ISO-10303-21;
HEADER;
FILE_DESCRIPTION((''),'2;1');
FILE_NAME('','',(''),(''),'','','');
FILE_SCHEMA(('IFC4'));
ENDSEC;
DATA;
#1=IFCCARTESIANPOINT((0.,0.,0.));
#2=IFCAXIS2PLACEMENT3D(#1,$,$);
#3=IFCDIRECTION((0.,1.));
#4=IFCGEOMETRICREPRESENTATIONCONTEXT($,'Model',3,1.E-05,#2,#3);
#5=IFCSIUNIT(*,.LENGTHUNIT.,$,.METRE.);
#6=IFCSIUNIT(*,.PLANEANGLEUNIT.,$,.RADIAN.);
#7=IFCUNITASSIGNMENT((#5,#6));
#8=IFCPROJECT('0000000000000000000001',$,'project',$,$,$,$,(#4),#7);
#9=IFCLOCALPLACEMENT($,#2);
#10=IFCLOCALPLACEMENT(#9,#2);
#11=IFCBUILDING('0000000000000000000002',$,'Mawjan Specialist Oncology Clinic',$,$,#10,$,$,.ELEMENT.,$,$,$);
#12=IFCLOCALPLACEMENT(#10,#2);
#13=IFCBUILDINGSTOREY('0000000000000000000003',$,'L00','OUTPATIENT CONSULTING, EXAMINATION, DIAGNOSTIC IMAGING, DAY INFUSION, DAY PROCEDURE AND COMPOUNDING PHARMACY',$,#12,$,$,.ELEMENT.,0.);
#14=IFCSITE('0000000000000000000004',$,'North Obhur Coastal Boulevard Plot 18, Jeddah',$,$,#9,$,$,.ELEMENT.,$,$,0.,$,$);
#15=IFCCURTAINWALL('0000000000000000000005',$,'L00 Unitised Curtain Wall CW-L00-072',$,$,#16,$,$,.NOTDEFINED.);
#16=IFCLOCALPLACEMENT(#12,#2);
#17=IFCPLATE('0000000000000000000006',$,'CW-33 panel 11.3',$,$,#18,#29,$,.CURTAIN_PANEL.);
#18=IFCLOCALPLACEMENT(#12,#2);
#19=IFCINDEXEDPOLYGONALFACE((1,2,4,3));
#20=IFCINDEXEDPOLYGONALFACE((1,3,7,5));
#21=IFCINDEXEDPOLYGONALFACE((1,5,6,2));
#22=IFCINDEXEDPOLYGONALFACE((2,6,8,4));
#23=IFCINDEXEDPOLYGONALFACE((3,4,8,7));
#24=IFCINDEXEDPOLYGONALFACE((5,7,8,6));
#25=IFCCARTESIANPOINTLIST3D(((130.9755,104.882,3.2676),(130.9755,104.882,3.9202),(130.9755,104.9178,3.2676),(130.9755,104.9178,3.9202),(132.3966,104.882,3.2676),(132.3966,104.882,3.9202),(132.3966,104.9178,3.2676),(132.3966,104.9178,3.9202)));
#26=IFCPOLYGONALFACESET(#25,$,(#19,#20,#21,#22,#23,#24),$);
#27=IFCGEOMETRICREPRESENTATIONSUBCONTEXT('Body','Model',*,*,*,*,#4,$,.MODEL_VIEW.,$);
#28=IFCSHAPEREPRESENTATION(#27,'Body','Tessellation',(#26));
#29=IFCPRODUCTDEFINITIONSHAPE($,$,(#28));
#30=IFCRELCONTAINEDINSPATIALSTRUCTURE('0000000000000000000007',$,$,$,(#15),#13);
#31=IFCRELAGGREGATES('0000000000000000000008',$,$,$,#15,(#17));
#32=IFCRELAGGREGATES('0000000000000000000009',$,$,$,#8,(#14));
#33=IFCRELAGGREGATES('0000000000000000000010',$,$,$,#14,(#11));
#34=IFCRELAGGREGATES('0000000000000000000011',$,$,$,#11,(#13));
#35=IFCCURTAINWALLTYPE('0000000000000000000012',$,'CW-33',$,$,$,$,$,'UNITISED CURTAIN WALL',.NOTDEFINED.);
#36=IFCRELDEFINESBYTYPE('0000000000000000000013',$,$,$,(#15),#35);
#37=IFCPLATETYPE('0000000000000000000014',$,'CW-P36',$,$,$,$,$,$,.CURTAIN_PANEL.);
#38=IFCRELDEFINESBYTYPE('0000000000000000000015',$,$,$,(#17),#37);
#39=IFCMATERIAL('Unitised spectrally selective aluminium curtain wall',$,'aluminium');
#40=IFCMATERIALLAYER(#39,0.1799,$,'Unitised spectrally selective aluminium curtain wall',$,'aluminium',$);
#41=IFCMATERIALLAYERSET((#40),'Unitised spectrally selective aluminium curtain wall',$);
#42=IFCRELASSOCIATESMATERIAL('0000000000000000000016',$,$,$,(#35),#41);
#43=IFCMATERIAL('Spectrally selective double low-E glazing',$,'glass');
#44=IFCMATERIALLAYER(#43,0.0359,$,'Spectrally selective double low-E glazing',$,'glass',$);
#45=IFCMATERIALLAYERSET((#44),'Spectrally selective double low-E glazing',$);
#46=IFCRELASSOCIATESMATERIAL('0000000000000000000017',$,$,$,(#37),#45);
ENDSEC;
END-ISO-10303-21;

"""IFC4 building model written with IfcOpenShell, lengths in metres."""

from ifc_helpers import new_model, si_unit, direction, frame, origin, origin_2d, place, context, subcontext, project, spatial, rectangle, extrude, material, layer, layer_set, type_object, element, aggregate, save


model = new_model("IFC4")

# Units and contexts
model_context = context("Model", 3, precision=1e-05, world=origin(), true_north=direction((0.0, 1.0)))
body_context = subcontext(model_context, "Body", "Model", "MODEL_VIEW")
ifc_project = project(units=[si_unit("LENGTHUNIT", "METRE"), si_unit("PLANEANGLEUNIT", "RADIAN")], contexts=[model_context])

# Site, building, storey
site_placement = place(None, origin())
site = spatial("IfcSite", under=ifc_project, at=site_placement, Name="North Obhur Coastal Boulevard Plot 18, Jeddah", CompositionType="ELEMENT", RefElevation=0.0)
building_placement = place(site_placement, origin())
building = spatial("IfcBuilding", under=site, at=building_placement, Name="Mawjan Specialist Oncology Clinic", CompositionType="ELEMENT")
storey_placement = place(building_placement, origin())
storey = spatial("IfcBuildingStorey", under=building, at=storey_placement, Name="L00", Description="OUTPATIENT CONSULTING, EXAMINATION, DIAGNOSTIC IMAGING, DAY INFUSION, DAY PROCEDURE AND COMPOUNDING PHARMACY", CompositionType="ELEMENT", Elevation=0.0)

# Curtain wall
ifc_material_1 = material(Name="Unitised spectrally selective aluminium curtain wall", Category="aluminium")
ifc_layer_1 = layer(ifc_material_1, 0.1799, Name="Unitised spectrally selective aluminium curtain wall", Category="aluminium")
ifc_layer_set_1 = layer_set([ifc_layer_1], Name="Unitised spectrally selective aluminium curtain wall")
curtain_wall_type_1 = type_object("IfcCurtainWallType", Name="CW-33", ElementType="UNITISED CURTAIN WALL", PredefinedType="NOTDEFINED", material=ifc_layer_set_1)
curtain_wall_1_placement = place(storey_placement, origin())
curtain_wall_1 = element("IfcCurtainWall", 1, at=curtain_wall_1_placement, inside=storey, type_object=curtain_wall_type_1, Name="L00 Unitised Curtain Wall CW-L00-072", PredefinedType="NOTDEFINED")

# Plate
ifc_material_2 = material(Name="Spectrally selective double low-E glazing", Category="glass")
ifc_layer_2 = layer(ifc_material_2, 0.0359, Name="Spectrally selective double low-E glazing", Category="glass")
ifc_layer_set_2 = layer_set([ifc_layer_2], Name="Spectrally selective double low-E glazing")
plate_type = type_object("IfcPlateType", Name="CW-P36", PredefinedType="CURTAIN_PANEL", material=ifc_layer_set_2)
plate_1_placement = place(storey_placement, frame((131.686, 104.8999, 3.2676), z_axis=(0.0, 0.0, 1.0), x_axis=(-1.0, 0.0, 0.0)))
plate_1 = element("IfcPlate", 2, at=plate_1_placement, type_object=plate_type, Name="CW-33 panel 11.3", PredefinedType="CURTAIN_PANEL", context=body_context, shape_type="SweptSolid", body=[
    extrude(rectangle(XDim=1.4211, YDim=0.0359, at=origin_2d()), origin(), (0.0, 0.0, 1.0), 0.6526),
])
aggregate(curtain_wall_1, [plate_1])

save(model, "model.ifc")
